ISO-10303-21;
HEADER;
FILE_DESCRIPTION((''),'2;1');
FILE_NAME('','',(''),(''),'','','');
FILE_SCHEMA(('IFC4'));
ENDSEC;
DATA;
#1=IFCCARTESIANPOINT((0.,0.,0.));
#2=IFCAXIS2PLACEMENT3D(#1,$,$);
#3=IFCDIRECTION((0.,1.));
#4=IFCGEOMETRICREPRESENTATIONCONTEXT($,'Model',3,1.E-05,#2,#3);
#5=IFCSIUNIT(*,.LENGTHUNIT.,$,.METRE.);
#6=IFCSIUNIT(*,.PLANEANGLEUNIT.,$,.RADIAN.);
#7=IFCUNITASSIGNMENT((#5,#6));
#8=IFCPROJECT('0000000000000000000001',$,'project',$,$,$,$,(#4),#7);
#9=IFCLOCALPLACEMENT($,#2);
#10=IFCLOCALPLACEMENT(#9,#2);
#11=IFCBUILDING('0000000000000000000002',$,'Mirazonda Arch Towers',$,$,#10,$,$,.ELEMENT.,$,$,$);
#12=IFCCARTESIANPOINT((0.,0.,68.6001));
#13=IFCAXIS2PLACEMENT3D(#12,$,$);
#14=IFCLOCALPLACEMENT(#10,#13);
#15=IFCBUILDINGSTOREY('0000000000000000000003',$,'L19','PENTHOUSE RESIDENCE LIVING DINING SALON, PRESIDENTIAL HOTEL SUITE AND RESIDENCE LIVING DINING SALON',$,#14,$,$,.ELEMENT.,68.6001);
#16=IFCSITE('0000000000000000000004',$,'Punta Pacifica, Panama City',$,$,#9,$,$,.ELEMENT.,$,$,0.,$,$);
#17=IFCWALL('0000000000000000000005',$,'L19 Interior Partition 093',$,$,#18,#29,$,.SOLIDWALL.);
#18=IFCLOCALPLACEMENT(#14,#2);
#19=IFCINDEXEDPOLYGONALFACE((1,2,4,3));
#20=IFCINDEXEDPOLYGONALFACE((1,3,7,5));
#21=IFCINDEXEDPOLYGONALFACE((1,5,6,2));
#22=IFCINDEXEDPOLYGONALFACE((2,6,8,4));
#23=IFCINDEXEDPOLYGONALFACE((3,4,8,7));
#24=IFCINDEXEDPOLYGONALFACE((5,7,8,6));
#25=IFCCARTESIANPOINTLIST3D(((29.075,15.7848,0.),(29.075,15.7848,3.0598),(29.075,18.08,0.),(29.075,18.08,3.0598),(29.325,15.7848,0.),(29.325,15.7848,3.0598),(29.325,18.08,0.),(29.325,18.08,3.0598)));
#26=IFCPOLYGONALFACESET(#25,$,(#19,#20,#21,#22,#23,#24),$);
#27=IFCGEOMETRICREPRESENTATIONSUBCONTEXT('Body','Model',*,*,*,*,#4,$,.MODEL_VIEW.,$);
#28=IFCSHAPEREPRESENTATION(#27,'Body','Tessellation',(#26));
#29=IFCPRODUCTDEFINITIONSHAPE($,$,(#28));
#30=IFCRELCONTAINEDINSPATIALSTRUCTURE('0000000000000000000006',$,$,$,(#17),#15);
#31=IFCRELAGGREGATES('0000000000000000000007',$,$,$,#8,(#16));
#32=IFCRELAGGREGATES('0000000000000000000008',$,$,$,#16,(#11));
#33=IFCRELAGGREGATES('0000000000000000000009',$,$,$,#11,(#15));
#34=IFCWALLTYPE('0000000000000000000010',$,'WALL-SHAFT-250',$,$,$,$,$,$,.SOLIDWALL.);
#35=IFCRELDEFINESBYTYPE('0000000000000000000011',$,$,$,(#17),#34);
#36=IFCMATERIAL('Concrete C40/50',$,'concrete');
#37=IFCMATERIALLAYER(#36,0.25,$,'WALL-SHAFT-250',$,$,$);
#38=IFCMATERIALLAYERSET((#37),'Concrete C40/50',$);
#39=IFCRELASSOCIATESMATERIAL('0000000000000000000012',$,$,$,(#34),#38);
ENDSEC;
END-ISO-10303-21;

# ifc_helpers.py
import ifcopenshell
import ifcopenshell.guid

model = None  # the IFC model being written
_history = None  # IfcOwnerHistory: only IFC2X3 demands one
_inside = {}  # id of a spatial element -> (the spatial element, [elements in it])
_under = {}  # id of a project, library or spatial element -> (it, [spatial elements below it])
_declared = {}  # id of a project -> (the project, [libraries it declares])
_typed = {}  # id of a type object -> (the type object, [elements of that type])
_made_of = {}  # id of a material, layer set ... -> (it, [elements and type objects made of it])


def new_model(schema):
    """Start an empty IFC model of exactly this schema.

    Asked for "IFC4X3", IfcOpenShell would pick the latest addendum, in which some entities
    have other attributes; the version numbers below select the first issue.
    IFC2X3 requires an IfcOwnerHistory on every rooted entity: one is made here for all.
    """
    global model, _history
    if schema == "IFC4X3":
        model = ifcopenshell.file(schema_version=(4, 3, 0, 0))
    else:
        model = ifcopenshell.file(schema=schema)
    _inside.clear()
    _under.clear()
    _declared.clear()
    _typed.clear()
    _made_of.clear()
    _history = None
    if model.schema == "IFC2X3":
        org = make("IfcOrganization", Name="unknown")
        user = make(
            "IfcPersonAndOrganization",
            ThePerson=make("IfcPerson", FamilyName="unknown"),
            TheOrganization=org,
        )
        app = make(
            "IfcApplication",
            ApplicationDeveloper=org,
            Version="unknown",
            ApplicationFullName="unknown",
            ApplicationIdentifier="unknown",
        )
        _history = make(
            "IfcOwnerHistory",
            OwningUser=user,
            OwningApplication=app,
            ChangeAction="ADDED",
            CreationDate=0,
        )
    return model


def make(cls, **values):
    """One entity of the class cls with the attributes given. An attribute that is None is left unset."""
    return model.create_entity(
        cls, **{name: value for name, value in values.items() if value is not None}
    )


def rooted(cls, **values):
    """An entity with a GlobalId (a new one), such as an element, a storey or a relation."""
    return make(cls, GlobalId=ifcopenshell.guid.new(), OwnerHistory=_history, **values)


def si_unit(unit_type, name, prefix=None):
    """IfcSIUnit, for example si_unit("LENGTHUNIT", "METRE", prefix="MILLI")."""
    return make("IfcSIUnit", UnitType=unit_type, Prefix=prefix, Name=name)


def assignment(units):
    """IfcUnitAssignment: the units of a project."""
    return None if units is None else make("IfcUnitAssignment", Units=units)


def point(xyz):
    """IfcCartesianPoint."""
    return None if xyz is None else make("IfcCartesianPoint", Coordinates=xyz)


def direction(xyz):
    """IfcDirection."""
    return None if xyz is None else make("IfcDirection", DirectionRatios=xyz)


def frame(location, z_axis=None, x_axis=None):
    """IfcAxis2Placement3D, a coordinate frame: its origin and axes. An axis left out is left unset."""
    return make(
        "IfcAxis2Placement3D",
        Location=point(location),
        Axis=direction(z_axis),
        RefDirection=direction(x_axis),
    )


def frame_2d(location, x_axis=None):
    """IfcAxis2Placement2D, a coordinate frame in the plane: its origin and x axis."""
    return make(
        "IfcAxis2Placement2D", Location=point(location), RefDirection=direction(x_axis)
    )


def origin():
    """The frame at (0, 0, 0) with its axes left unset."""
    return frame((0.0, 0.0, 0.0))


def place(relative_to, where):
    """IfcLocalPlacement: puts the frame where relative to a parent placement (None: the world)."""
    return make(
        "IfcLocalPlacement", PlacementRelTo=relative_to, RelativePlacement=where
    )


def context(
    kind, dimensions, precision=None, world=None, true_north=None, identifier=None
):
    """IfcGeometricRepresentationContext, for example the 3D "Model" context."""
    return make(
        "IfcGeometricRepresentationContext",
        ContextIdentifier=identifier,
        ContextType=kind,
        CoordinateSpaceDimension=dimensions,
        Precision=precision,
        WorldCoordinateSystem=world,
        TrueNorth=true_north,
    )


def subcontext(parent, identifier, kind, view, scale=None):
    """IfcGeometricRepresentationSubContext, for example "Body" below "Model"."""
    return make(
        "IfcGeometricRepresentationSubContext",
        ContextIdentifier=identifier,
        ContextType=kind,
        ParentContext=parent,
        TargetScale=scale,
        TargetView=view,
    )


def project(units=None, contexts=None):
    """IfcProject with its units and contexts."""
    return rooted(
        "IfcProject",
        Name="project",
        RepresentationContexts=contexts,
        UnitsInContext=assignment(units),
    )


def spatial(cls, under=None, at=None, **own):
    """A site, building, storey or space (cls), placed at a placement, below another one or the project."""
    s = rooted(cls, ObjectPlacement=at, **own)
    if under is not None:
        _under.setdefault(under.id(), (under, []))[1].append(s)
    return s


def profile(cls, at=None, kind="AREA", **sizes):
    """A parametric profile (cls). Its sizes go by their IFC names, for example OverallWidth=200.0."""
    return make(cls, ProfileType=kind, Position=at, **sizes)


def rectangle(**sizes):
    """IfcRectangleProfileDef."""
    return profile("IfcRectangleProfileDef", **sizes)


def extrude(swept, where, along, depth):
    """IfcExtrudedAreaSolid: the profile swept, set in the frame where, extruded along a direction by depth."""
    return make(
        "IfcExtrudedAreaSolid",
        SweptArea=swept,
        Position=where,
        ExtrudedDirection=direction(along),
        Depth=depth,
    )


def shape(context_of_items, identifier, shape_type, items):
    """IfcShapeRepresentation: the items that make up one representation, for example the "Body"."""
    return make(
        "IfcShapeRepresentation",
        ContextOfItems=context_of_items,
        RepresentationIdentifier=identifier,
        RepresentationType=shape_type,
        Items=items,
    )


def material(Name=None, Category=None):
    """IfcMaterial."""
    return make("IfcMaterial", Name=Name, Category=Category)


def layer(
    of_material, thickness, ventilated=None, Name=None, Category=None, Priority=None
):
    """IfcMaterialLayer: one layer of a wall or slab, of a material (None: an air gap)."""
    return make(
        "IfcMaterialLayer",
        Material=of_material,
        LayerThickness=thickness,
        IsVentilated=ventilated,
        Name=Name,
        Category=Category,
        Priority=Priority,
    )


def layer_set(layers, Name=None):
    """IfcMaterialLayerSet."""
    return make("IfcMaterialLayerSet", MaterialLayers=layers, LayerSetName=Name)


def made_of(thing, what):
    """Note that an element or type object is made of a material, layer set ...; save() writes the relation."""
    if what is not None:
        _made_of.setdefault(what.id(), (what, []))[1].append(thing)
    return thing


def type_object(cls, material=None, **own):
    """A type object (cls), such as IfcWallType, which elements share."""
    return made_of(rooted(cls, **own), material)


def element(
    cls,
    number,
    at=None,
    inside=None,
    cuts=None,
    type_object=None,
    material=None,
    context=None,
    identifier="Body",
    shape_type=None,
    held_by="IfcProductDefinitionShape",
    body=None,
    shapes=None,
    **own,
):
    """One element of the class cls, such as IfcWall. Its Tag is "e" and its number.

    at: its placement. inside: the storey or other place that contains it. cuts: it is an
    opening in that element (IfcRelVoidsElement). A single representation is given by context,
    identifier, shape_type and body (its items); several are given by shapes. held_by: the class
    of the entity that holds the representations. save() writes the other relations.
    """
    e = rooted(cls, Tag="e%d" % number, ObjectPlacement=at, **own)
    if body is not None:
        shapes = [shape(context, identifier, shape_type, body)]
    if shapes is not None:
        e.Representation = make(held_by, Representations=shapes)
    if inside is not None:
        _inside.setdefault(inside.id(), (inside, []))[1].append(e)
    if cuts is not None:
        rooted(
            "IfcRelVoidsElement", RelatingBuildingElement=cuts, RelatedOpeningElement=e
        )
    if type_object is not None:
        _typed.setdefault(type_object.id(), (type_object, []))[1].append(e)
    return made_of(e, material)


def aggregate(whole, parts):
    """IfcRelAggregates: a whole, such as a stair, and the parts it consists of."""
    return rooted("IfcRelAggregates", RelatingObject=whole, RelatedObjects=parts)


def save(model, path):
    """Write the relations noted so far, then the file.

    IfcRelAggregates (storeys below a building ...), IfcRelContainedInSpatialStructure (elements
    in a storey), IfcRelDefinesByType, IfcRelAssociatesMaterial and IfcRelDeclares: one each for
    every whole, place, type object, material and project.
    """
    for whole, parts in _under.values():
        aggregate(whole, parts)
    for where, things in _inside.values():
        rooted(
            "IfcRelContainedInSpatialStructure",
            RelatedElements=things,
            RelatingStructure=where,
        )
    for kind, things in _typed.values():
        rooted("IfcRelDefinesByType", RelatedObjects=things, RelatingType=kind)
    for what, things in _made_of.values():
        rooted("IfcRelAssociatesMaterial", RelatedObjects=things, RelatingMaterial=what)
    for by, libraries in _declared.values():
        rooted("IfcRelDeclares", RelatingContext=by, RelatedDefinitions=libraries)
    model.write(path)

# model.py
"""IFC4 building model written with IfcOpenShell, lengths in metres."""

from ifc_helpers import new_model, si_unit, direction, frame, frame_2d, origin, place, context, subcontext, project, spatial, rectangle, extrude, material, layer, layer_set, type_object, element, save


model = new_model("IFC4")

# Units and contexts
model_context = context("Model", 3, precision=1e-05, world=origin(), true_north=direction((0.0, 1.0)))
body_context = subcontext(model_context, "Body", "Model", "MODEL_VIEW")
ifc_project = project(units=[si_unit("LENGTHUNIT", "METRE"), si_unit("PLANEANGLEUNIT", "RADIAN")], contexts=[model_context])

# Site, building, storey
site_placement = place(None, origin())
site = spatial("IfcSite", under=ifc_project, at=site_placement, Name="Punta Pacifica, Panama City", CompositionType="ELEMENT", RefElevation=0.0)
building_placement = place(site_placement, origin())
building = spatial("IfcBuilding", under=site, at=building_placement, Name="Mirazonda Arch Towers", CompositionType="ELEMENT")
storey_placement = place(building_placement, frame((0.0, 0.0, 68.6001)))
storey = spatial("IfcBuildingStorey", under=building, at=storey_placement, Name="L19", Description="PENTHOUSE RESIDENCE LIVING DINING SALON, PRESIDENTIAL HOTEL SUITE AND RESIDENCE LIVING DINING SALON", CompositionType="ELEMENT", Elevation=68.6001)

# Wall
ifc_material_1 = material(Name="Concrete C40/50", Category="concrete")
ifc_layer_1 = layer(ifc_material_1, 0.25, Name="WALL-SHAFT-250")
ifc_layer_set_1 = layer_set([ifc_layer_1], Name="Concrete C40/50")
wall_type_1 = type_object("IfcWallType", Name="WALL-SHAFT-250", PredefinedType="SOLIDWALL", material=ifc_layer_set_1)
wall_1_placement = place(storey_placement, frame((29.2, 15.7849, 0.0), z_axis=(0.0, 0.0, 1.0), x_axis=(0.0, 1.0, 0.0)))
element("IfcWall", 1, at=wall_1_placement, inside=storey, type_object=wall_type_1, Name="L19 Interior Partition 093", PredefinedType="SOLIDWALL", context=body_context, shape_type="SweptSolid", body=[
    extrude(rectangle(XDim=2.2952, YDim=0.25, at=frame_2d((1.1475, 0.0))), origin(), (0.0, 0.0, 1.0), 3.0598),
])

save(model, "model.ifc")
